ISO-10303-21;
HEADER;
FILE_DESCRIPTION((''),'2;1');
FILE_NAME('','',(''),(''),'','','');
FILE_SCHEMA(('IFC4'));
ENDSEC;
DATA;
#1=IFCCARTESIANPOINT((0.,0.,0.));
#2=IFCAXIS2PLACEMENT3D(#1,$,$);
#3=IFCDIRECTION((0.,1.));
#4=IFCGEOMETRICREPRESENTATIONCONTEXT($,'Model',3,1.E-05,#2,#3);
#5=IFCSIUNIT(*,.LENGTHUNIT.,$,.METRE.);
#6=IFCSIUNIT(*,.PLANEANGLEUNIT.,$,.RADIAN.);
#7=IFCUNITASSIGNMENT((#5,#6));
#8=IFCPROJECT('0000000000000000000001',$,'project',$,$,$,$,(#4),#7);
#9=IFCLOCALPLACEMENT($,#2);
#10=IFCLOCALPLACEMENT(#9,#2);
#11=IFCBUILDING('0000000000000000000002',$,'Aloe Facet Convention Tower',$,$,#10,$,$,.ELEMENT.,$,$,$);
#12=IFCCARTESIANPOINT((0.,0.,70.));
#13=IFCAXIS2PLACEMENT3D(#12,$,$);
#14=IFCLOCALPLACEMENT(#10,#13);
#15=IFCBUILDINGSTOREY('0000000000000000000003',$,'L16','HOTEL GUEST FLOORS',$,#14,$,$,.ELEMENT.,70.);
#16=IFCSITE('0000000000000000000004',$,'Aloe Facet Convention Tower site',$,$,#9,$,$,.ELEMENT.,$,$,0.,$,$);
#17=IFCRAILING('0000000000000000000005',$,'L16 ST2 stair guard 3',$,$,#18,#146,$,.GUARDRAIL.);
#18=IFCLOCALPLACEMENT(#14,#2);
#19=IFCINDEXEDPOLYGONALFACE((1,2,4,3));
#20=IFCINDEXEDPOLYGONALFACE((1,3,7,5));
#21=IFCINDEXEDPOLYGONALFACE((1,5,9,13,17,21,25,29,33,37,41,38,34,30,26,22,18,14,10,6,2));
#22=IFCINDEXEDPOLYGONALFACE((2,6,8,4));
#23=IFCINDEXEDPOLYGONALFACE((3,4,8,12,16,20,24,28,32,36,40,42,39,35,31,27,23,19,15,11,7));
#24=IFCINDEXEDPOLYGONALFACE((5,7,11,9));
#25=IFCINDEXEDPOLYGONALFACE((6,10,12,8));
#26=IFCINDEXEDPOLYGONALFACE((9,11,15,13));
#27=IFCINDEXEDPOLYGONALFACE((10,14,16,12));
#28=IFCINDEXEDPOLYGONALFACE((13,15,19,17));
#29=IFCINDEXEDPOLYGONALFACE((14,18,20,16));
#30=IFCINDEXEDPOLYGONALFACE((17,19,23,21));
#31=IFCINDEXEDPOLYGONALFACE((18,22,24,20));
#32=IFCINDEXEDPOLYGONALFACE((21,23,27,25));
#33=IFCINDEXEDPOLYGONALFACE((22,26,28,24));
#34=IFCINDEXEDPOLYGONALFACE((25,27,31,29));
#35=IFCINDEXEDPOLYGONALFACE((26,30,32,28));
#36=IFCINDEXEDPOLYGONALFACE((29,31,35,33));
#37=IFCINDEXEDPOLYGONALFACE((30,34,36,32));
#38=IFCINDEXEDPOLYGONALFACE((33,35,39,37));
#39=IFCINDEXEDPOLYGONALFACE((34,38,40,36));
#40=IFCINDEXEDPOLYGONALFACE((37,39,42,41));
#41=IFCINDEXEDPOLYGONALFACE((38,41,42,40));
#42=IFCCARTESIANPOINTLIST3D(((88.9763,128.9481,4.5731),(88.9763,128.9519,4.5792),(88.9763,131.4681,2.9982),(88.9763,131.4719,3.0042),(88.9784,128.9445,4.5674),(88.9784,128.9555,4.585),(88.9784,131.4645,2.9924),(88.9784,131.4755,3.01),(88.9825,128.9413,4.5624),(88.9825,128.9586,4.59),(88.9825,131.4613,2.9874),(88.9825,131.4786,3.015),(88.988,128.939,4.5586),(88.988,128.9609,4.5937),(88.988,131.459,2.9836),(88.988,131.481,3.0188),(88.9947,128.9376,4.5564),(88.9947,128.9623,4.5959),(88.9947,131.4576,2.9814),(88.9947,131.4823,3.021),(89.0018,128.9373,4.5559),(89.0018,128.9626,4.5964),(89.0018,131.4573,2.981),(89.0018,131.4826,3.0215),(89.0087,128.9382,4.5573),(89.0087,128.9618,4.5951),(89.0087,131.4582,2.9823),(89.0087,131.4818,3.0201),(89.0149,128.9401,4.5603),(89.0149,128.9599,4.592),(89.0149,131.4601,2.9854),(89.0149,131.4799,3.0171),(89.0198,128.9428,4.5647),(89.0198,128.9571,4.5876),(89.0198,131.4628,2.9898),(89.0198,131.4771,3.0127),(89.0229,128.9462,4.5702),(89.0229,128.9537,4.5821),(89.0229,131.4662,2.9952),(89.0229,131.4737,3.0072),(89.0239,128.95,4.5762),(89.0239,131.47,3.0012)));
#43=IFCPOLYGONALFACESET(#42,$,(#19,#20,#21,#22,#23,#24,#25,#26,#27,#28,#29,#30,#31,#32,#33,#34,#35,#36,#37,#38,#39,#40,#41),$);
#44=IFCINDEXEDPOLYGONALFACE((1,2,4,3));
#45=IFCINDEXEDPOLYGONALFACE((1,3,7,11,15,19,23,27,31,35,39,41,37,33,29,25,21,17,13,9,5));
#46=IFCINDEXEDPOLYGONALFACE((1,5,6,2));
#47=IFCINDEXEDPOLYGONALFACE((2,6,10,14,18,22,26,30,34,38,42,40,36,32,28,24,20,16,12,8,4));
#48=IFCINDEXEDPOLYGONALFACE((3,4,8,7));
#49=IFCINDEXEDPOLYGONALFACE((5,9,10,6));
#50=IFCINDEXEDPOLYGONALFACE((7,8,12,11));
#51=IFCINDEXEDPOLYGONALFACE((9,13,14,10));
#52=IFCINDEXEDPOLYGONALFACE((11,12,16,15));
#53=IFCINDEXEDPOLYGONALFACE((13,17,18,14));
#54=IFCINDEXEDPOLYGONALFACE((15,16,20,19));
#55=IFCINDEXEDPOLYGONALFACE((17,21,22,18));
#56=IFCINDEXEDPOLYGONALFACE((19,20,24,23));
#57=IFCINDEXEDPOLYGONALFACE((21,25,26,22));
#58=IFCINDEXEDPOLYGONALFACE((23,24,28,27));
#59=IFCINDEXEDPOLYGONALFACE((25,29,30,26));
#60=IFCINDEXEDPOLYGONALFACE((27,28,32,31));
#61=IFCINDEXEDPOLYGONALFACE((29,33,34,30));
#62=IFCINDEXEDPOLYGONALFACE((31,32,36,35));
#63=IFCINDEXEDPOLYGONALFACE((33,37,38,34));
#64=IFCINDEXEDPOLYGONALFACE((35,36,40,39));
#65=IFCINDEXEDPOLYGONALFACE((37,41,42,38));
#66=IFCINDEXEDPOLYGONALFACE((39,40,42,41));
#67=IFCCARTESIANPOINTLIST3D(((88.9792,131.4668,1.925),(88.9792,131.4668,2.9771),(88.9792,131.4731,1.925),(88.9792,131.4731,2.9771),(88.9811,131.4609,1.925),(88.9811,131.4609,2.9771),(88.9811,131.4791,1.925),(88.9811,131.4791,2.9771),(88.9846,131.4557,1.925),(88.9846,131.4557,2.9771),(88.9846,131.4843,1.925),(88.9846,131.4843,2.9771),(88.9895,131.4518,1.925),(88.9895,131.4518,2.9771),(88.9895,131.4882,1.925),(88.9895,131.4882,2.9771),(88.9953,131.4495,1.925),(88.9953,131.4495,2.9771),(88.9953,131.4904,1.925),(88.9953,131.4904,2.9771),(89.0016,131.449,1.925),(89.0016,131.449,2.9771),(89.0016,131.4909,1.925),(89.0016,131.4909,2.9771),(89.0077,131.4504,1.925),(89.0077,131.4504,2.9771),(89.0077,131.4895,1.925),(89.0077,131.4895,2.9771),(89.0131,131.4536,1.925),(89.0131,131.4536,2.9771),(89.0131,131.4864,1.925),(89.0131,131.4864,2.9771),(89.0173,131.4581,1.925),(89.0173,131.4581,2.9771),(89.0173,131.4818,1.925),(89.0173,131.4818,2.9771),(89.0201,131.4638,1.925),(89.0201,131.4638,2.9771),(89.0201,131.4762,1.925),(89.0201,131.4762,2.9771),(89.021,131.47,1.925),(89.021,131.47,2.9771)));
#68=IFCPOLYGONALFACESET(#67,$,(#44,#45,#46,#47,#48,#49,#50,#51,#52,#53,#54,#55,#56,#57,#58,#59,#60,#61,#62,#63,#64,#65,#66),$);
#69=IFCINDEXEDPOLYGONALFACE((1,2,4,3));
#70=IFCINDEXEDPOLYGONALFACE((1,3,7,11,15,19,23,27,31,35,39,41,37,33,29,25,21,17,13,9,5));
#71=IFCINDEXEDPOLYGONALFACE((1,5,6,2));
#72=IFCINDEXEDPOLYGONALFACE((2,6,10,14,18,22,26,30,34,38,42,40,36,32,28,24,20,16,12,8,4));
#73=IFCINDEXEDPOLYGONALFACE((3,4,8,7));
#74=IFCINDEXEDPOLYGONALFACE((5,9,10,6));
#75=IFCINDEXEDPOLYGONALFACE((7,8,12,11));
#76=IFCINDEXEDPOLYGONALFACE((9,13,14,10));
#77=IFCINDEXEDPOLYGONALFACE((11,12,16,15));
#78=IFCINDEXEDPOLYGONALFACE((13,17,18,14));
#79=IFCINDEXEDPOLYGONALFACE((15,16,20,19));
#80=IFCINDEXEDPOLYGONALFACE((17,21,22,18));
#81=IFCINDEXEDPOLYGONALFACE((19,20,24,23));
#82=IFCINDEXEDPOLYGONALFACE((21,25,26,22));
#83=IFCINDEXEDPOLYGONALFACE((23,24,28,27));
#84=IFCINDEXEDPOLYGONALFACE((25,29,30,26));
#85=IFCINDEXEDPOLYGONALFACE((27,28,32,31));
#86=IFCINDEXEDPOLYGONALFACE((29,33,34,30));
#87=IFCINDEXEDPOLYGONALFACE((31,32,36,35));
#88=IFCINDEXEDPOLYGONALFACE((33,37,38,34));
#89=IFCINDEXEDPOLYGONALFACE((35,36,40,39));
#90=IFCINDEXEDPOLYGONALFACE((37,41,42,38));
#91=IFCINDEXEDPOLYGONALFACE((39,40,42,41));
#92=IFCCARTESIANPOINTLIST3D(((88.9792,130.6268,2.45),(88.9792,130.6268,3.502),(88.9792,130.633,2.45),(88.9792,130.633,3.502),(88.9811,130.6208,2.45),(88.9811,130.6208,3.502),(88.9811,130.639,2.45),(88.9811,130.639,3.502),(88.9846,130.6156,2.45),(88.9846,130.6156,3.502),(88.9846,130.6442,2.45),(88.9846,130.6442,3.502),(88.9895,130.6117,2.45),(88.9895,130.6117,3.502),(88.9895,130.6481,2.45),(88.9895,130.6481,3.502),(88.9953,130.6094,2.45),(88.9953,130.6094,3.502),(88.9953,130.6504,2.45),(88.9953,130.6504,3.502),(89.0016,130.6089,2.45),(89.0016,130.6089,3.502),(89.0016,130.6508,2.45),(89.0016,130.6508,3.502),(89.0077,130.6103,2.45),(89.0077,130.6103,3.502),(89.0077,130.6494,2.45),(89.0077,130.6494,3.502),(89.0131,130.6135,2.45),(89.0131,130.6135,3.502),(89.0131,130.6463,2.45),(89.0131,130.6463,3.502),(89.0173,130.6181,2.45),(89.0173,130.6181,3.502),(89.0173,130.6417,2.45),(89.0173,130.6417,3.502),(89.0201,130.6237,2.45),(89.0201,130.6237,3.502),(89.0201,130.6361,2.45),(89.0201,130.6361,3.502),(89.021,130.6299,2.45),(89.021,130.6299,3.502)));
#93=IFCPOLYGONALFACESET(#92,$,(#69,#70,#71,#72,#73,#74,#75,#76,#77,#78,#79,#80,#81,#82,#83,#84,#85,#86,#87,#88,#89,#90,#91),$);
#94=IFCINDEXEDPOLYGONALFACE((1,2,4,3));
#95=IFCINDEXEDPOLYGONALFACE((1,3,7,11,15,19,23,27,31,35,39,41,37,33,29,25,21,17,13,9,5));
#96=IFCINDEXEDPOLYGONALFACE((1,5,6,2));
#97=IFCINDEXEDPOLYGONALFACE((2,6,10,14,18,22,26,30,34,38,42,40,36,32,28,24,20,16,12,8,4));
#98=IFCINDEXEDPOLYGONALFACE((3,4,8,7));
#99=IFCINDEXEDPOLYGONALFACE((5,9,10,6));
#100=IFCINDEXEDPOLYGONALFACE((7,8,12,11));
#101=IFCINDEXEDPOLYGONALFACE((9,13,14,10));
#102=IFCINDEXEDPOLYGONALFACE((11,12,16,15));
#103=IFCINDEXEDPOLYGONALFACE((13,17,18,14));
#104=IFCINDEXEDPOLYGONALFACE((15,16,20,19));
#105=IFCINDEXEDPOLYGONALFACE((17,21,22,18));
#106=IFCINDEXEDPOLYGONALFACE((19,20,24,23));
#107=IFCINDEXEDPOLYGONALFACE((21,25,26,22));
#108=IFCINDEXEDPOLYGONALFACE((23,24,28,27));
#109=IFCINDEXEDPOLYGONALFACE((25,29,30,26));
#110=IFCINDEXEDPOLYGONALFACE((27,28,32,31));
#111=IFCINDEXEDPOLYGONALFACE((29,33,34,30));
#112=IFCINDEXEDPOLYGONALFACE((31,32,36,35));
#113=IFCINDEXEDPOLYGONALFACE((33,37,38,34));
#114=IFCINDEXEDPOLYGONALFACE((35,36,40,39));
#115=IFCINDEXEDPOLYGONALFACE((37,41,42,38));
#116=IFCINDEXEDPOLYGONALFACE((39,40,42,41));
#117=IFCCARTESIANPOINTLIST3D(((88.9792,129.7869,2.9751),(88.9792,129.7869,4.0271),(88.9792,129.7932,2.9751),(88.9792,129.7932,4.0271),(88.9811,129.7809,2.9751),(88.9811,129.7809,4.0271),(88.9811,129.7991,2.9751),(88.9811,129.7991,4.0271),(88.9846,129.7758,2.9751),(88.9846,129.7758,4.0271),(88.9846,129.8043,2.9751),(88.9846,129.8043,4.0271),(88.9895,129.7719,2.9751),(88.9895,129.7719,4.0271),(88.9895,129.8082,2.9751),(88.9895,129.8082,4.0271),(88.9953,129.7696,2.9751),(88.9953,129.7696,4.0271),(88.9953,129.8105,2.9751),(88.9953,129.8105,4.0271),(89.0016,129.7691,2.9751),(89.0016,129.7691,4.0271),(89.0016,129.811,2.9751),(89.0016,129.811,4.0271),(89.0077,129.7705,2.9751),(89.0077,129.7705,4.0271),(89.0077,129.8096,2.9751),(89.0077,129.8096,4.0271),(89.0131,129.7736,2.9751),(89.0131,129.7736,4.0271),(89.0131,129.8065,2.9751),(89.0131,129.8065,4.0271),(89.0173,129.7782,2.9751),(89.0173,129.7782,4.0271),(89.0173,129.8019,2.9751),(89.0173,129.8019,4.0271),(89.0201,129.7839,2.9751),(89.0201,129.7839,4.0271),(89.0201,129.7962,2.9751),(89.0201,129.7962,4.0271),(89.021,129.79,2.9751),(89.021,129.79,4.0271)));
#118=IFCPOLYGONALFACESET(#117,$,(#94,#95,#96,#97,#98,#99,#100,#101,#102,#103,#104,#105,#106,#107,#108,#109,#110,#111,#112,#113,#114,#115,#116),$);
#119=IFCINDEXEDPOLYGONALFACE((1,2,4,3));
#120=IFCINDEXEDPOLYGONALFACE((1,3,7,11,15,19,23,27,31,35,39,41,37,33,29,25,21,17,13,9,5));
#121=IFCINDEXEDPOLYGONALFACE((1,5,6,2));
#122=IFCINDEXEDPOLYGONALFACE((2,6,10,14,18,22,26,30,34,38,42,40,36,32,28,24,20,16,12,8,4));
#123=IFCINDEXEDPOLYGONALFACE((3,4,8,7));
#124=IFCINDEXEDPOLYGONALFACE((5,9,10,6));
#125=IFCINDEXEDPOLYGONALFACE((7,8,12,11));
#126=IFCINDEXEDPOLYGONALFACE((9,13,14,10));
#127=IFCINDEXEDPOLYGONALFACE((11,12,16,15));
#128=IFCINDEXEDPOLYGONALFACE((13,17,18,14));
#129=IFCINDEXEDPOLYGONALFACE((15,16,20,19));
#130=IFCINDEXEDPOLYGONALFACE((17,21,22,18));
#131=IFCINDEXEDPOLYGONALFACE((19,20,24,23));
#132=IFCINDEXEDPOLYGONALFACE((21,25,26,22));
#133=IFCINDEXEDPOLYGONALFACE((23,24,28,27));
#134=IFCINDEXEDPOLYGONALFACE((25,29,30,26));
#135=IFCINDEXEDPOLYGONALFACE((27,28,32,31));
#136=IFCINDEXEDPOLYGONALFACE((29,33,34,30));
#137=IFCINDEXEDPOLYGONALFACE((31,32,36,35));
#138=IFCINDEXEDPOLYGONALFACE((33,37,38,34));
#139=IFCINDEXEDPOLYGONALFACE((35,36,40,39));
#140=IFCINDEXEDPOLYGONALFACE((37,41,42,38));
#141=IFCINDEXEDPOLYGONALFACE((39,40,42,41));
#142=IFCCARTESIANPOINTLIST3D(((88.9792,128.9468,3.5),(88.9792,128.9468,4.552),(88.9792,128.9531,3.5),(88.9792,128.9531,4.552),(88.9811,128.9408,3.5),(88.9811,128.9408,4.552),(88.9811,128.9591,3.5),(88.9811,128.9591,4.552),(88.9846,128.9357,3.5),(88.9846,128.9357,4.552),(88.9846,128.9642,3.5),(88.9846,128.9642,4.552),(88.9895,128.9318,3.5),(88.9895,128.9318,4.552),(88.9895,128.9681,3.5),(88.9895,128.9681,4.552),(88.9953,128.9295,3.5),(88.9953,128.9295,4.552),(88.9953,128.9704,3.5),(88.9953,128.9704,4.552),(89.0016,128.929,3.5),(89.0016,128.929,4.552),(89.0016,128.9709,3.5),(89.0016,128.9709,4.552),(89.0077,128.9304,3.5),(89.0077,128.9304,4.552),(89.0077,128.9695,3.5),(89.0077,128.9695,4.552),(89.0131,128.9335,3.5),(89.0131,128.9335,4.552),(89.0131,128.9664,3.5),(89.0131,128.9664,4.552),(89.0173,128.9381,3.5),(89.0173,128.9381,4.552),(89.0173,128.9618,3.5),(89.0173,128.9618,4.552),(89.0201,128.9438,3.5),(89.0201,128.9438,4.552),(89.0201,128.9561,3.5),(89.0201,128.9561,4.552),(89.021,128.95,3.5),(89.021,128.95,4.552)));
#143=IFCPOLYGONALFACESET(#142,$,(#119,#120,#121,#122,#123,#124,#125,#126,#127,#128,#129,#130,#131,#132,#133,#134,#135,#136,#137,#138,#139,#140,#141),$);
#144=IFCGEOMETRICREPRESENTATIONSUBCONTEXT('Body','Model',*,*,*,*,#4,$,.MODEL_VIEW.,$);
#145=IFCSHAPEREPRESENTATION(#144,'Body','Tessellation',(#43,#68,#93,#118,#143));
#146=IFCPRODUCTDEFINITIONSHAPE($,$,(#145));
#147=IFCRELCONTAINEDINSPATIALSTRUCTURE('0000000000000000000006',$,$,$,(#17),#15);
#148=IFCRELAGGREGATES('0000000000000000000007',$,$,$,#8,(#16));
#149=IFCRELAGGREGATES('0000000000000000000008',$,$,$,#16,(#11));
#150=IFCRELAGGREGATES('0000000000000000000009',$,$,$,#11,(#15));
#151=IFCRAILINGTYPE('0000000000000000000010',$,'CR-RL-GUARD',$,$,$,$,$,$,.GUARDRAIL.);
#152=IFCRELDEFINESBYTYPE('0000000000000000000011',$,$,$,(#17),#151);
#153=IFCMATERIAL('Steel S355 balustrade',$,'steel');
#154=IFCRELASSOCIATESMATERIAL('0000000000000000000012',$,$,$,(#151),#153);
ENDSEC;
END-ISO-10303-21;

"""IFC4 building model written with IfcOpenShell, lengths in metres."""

from ifc_helpers import new_model, si_unit, direction, frame, origin, origin_2d, place, context, subcontext, project, spatial, circle, extrude, material, type_object, element, save


model = new_model("IFC4")

# Units and contexts
model_context = context("Model", 3, precision=1e-05, world=origin(), true_north=direction((0.0, 1.0)))
body_context = subcontext(model_context, "Body", "Model", "MODEL_VIEW")
ifc_project = project(units=[si_unit("LENGTHUNIT", "METRE"), si_unit("PLANEANGLEUNIT", "RADIAN")], contexts=[model_context])

# Site, building, storey
site_placement = place(None, origin())
site = spatial("IfcSite", under=ifc_project, at=site_placement, Name="Aloe Facet Convention Tower site", CompositionType="ELEMENT", RefElevation=0.0)
building_placement = place(site_placement, origin())
building = spatial("IfcBuilding", under=site, at=building_placement, Name="Aloe Facet Convention Tower", CompositionType="ELEMENT")
storey_placement = place(building_placement, frame((0.0, 0.0, 70.0)))
storey = spatial("IfcBuildingStorey", under=building, at=storey_placement, Name="L16", Description="HOTEL GUEST FLOORS", CompositionType="ELEMENT", Elevation=70.0)

# Railing
ifc_material_1 = material(Name="Steel S355 balustrade", Category="steel")
railing_type_1 = type_object("IfcRailingType", Name="CR-RL-GUARD", PredefinedType="GUARDRAIL", material=ifc_material_1)
railing_1_placement = place(storey_placement, frame((89.0, 131.47, 1.925)))
element("IfcRailing", 1, at=railing_1_placement, inside=storey, type_object=railing_type_1, Name="L16 ST2 stair guard 3", PredefinedType="GUARDRAIL", context=body_context, shape_type="SweptSolid", body=[
    extrude(circle(Radius=0.0239, at=origin_2d()), frame((0.0, 0.0, 1.0762), z_axis=(0.0, -0.848008, 0.529984), x_axis=(1.0, 0.0, 0.0)), (0.0, 0.0, 1.0), 2.9717),
    extrude(circle(Radius=0.021, at=origin_2d()), origin(), (0.0, 0.0, 1.0), 1.052),
    extrude(circle(Radius=0.021, at=origin_2d()), frame((0.0, -0.8401, 0.5249)), (0.0, 0.0, 1.0), 1.052),
    extrude(circle(Radius=0.021, at=origin_2d()), frame((0.0, -1.6799, 1.05)), (0.0, 0.0, 1.0), 1.052),
    extrude(circle(Radius=0.021, at=origin_2d()), frame((0.0, -2.52, 1.575)), (0.0, 0.0, 1.0), 1.052),
])

save(model, "model.ifc")
